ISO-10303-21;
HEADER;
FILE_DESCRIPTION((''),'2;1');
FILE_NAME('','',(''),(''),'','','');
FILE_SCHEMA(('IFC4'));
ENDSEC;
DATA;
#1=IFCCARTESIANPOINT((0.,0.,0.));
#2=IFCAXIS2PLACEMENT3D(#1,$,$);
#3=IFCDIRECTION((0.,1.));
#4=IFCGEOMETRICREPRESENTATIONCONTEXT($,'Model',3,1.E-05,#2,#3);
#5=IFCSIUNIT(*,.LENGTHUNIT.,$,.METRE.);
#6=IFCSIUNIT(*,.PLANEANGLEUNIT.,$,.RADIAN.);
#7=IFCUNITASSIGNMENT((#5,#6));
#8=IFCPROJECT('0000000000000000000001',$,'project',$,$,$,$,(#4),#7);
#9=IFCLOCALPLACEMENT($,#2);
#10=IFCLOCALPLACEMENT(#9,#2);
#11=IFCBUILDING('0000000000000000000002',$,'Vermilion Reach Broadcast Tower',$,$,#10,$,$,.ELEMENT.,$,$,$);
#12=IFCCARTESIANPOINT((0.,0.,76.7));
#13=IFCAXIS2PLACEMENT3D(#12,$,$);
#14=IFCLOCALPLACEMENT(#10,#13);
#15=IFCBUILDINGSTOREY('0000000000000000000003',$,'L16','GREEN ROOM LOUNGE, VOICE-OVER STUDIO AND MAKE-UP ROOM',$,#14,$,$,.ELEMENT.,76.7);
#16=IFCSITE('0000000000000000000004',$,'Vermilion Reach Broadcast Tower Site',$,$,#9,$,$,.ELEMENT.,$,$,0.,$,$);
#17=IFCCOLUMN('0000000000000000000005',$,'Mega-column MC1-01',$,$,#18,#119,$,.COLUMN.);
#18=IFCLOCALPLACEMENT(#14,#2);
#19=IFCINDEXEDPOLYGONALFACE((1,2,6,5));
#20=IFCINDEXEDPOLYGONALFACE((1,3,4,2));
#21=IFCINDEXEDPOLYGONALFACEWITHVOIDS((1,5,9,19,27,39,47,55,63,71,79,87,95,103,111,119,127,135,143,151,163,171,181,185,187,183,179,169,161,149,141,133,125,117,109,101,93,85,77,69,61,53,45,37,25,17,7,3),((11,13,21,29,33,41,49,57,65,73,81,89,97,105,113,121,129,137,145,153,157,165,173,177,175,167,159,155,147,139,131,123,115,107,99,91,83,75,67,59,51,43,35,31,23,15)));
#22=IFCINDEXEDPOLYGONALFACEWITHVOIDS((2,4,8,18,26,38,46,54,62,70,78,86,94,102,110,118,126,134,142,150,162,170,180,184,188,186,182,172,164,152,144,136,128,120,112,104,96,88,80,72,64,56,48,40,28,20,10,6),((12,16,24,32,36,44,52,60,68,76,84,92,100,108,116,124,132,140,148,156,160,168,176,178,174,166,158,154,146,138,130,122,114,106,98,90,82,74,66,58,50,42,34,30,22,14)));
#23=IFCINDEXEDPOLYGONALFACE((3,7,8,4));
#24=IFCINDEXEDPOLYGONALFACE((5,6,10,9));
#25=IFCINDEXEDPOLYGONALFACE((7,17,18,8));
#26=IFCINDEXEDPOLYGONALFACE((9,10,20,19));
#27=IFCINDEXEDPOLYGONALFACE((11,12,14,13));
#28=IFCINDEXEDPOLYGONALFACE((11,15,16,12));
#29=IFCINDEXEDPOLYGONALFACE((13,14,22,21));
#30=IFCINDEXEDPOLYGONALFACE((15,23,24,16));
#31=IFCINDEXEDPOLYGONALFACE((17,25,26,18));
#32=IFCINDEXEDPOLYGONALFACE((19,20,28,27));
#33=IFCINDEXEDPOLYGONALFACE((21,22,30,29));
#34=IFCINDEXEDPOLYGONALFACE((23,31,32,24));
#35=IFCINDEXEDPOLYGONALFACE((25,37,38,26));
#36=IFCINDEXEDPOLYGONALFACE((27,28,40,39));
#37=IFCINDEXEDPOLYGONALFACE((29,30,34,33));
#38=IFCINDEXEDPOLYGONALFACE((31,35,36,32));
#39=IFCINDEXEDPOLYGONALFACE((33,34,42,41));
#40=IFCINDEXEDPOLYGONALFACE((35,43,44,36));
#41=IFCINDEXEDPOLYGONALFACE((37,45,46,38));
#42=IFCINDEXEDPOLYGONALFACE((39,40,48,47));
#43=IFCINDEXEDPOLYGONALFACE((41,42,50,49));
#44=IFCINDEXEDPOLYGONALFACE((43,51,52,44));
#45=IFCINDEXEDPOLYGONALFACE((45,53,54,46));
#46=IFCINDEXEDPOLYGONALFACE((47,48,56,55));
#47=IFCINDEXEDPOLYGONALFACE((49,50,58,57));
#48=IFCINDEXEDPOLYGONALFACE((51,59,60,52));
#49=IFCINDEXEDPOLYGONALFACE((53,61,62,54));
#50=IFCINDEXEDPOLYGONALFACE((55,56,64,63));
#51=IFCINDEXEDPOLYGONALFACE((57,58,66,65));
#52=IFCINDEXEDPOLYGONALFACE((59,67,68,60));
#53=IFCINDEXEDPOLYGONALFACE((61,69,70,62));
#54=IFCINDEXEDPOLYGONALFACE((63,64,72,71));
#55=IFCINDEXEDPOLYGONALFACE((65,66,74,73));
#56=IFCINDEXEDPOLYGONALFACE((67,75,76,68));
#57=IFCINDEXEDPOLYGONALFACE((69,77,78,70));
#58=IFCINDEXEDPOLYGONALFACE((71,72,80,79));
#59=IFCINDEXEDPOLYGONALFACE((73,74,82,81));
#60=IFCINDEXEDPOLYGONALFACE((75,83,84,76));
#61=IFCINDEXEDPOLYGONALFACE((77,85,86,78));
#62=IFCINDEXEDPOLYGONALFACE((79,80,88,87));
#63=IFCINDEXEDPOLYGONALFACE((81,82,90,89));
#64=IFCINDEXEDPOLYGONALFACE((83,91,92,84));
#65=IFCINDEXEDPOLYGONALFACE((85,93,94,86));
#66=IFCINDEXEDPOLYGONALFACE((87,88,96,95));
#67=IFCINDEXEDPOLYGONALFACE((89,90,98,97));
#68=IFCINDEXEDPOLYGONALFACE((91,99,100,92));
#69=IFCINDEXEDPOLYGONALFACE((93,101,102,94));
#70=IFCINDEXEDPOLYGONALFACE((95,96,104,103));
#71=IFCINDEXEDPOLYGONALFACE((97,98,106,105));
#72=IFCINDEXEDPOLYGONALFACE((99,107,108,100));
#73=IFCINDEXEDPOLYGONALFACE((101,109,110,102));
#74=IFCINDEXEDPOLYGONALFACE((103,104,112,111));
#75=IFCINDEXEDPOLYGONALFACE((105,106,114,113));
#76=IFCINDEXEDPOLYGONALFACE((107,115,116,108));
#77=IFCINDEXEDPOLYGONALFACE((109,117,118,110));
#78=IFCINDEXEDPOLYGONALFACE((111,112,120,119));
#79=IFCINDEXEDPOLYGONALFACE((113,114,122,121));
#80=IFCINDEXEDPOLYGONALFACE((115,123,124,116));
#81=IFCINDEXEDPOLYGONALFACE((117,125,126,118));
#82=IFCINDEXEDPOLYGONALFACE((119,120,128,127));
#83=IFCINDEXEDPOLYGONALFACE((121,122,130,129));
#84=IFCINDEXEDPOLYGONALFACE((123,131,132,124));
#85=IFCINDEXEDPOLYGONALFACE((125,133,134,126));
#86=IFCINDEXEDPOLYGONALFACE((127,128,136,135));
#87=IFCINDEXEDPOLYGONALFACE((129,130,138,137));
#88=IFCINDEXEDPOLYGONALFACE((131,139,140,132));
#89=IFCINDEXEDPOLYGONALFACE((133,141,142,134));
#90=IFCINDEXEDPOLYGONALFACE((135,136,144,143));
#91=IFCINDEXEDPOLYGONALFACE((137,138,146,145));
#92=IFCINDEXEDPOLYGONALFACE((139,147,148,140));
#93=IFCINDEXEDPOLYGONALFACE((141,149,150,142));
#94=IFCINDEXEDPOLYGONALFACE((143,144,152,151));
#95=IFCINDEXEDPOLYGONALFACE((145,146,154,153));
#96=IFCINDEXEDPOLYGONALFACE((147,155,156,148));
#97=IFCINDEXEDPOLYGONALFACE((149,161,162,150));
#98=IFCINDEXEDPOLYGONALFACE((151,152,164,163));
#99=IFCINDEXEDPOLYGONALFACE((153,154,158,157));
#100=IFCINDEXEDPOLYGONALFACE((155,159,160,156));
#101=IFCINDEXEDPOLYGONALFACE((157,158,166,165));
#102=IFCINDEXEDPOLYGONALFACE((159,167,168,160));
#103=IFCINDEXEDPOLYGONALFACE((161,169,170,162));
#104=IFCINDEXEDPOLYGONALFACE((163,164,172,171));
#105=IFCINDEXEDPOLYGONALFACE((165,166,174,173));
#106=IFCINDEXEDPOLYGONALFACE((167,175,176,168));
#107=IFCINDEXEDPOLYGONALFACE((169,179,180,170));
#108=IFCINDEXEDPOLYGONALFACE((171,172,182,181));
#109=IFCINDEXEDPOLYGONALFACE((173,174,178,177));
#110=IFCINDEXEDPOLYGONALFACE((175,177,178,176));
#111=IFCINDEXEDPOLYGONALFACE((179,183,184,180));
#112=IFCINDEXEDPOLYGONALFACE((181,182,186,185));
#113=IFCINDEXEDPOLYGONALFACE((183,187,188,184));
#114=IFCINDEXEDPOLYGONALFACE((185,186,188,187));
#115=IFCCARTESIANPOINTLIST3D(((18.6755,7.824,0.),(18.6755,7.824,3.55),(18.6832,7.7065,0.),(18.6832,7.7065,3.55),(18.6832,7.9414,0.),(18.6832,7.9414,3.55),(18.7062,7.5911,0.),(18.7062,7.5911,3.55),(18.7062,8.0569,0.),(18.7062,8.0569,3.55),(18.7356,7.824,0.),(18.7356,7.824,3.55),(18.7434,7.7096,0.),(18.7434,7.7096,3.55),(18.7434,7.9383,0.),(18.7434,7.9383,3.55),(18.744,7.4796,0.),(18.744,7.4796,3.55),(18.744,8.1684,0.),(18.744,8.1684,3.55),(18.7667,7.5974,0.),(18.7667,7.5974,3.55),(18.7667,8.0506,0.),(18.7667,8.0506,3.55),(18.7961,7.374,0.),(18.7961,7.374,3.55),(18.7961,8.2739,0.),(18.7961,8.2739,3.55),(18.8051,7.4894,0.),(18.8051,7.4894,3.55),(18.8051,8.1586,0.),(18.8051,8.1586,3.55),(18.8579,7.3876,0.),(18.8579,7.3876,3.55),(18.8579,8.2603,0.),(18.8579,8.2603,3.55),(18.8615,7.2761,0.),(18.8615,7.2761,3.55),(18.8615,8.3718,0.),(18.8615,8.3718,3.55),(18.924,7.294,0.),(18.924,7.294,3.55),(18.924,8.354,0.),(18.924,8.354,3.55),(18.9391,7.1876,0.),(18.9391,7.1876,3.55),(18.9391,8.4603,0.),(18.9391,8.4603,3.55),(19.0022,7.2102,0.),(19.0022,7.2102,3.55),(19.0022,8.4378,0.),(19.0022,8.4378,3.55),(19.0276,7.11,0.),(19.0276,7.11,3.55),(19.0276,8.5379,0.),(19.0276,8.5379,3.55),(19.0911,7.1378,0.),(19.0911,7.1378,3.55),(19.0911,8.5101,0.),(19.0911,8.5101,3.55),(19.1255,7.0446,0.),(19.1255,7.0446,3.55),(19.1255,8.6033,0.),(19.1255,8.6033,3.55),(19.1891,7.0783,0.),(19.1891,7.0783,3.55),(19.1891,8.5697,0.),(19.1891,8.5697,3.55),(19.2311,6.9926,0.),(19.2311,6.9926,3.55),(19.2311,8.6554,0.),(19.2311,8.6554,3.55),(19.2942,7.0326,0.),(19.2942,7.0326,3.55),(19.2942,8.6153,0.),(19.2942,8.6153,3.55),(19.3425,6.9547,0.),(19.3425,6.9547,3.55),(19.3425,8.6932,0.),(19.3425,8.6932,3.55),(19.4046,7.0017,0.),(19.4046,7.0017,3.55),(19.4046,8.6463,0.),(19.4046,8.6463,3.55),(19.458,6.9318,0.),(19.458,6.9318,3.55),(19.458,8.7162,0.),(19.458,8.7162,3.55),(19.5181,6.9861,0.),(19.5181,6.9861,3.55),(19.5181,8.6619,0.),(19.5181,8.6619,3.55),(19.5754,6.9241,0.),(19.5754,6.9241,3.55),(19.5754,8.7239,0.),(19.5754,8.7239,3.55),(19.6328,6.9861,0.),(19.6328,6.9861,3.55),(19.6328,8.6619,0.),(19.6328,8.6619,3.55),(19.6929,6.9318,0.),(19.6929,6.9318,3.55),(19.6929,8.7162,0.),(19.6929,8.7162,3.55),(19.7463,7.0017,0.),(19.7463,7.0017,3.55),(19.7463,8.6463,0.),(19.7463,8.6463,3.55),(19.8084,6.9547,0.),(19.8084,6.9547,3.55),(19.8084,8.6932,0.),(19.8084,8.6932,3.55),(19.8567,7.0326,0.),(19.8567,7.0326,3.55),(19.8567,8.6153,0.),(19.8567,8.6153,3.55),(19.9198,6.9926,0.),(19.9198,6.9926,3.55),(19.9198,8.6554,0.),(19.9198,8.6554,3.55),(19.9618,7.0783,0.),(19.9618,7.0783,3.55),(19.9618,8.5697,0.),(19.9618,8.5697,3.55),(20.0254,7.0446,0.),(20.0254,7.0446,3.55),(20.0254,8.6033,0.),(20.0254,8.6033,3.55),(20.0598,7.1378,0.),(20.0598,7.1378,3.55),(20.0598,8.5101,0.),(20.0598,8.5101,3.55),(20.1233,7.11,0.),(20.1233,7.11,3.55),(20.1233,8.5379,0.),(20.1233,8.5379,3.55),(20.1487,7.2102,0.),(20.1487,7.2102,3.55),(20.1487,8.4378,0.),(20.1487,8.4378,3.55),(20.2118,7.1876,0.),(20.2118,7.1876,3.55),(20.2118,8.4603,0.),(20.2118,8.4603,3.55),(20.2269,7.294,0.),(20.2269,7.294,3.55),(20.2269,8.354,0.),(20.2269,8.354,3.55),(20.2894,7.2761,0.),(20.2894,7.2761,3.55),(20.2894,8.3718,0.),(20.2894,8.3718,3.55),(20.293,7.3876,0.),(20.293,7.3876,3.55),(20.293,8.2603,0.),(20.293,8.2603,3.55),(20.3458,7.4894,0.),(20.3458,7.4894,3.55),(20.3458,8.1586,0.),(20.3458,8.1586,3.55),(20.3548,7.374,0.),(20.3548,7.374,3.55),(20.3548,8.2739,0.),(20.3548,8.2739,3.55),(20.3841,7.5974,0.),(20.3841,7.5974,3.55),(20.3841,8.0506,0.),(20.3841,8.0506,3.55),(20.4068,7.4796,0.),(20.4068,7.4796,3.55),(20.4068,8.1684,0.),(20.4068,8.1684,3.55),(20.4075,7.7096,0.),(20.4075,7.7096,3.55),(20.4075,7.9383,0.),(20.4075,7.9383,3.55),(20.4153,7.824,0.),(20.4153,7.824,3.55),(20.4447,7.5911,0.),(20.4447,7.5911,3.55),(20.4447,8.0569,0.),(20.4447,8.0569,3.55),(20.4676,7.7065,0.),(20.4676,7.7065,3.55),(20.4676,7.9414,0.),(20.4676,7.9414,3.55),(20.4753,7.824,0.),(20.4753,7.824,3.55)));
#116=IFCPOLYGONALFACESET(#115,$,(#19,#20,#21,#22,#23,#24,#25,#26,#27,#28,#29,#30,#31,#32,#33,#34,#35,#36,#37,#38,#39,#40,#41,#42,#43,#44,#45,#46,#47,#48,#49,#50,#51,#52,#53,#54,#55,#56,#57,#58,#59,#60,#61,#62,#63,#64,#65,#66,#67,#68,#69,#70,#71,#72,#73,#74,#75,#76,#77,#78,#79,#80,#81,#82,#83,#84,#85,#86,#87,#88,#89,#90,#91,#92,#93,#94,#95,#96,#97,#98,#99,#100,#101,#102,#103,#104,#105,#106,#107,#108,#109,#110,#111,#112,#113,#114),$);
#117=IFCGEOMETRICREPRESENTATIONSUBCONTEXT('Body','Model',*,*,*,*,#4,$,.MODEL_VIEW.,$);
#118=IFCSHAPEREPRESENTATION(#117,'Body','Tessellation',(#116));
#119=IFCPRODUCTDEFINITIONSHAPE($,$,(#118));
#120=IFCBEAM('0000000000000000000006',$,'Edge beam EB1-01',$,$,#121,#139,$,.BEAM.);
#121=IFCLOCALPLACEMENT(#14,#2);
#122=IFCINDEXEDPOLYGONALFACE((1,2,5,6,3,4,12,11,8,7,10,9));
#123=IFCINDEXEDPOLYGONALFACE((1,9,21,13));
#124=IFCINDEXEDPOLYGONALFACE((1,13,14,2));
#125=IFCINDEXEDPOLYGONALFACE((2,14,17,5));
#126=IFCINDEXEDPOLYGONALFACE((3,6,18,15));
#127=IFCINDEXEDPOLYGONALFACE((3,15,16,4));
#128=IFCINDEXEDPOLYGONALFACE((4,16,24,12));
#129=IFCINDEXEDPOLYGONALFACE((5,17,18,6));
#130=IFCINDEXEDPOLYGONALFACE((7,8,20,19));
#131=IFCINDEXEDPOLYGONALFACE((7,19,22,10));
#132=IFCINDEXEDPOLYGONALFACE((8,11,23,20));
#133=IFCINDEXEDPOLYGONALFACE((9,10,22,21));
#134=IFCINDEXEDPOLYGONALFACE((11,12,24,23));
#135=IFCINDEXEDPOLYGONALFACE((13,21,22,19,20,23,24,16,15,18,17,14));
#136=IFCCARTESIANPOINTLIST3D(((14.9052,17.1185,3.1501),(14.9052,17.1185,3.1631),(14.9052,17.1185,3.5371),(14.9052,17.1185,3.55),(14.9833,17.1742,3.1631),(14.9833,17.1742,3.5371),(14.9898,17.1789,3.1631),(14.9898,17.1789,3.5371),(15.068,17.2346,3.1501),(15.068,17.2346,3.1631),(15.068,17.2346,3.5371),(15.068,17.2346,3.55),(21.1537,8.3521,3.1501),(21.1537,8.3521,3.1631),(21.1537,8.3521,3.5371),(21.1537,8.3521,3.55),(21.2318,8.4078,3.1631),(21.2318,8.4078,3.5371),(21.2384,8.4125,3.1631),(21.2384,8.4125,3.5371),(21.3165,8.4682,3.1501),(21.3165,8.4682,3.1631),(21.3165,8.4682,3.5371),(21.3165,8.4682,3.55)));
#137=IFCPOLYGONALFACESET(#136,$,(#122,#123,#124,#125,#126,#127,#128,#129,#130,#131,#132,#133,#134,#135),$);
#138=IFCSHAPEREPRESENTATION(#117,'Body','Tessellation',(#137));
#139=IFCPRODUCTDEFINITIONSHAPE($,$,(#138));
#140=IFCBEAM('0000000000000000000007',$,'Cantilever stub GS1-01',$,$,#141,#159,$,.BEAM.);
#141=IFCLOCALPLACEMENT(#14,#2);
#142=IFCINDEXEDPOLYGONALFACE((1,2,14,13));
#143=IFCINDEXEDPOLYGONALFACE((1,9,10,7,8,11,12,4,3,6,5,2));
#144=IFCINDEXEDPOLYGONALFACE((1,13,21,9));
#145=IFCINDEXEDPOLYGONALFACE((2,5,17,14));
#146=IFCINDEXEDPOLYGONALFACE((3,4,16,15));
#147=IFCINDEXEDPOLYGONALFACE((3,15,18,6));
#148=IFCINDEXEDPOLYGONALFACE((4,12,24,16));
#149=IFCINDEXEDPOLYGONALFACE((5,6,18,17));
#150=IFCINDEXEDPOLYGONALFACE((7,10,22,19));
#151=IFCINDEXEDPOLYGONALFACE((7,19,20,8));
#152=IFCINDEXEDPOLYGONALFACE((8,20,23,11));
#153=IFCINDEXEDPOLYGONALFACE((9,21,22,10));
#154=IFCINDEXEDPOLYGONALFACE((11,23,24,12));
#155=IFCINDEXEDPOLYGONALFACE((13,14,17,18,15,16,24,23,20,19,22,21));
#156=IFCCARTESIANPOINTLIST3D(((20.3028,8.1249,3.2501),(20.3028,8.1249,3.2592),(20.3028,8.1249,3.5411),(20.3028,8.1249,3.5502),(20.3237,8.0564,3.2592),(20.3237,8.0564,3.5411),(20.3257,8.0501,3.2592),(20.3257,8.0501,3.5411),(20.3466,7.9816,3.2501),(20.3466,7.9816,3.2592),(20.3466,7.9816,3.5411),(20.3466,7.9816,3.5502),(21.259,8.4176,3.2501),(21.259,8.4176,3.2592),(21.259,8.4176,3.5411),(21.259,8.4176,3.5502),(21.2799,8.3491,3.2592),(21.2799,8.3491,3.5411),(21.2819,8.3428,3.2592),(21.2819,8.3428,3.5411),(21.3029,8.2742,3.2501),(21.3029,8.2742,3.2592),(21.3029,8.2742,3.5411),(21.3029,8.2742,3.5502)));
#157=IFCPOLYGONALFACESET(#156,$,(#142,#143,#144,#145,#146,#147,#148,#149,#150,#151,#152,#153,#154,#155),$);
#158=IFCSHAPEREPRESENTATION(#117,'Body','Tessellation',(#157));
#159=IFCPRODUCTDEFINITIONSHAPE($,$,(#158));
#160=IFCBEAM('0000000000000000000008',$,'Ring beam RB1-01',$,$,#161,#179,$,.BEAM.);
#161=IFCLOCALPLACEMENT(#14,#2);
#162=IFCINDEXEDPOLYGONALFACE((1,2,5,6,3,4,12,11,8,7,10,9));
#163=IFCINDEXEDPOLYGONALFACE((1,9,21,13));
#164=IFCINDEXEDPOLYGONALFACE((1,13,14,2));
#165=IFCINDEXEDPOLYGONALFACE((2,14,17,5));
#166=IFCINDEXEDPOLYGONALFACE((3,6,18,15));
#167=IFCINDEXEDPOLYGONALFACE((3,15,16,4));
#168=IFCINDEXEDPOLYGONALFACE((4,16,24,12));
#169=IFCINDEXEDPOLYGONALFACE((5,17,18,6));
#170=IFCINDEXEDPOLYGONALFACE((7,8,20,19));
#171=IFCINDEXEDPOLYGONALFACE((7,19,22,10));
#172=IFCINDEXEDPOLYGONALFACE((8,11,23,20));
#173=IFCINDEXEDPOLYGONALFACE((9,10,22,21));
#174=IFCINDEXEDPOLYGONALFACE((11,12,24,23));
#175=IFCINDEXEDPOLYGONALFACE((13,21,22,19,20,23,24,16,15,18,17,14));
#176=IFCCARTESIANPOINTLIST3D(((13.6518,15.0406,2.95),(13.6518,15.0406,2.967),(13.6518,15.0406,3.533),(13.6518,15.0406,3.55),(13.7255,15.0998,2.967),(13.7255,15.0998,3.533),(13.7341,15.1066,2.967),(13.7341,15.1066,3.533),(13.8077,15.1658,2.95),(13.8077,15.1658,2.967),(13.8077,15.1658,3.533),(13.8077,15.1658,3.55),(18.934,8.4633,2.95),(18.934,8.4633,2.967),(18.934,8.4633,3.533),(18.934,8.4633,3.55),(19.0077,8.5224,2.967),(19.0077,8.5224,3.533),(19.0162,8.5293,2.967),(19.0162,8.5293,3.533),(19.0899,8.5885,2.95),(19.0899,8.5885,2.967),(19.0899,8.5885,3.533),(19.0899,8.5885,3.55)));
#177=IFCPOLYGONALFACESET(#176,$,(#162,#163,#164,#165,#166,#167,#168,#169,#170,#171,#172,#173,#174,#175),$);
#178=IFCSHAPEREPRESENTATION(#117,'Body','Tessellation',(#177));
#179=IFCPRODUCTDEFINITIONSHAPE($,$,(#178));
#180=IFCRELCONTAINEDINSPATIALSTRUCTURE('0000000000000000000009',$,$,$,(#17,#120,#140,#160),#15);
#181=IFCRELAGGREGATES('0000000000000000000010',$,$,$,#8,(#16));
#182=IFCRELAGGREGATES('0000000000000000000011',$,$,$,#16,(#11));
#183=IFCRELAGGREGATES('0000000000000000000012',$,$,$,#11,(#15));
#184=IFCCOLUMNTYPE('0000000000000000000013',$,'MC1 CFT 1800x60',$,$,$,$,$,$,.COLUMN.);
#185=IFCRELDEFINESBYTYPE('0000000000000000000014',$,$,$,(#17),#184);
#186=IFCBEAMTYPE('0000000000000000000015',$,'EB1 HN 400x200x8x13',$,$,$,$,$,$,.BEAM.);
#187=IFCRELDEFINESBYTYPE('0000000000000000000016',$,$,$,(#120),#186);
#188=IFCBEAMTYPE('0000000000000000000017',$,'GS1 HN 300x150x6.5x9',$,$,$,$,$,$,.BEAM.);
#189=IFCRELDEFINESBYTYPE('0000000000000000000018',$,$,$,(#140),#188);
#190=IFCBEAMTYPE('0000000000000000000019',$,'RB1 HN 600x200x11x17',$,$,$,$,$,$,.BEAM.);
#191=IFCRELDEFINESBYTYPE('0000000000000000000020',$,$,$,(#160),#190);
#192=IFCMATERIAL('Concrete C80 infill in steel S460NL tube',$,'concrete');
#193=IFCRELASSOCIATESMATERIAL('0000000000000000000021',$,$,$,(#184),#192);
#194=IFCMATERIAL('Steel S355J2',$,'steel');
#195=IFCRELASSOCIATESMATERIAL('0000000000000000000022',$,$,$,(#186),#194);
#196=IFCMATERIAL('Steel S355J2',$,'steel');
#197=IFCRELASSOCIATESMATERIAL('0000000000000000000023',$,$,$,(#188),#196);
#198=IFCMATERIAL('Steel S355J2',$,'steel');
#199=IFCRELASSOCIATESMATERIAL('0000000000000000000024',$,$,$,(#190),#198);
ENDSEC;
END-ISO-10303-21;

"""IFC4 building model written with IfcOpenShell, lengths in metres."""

from ifc_helpers import new_model, si_unit, direction, frame, origin, origin_2d, place, context, subcontext, project, spatial, hollow_circle, i_section, extrude, material, material_profile, profile_set, type_object, element, save


model = new_model("IFC4")

# Units and contexts
model_context = context("Model", 3, precision=1e-05, world=origin(), true_north=direction((0.0, 1.0)))
body_context = subcontext(model_context, "Body", "Model", "MODEL_VIEW")
ifc_project = project(units=[si_unit("LENGTHUNIT", "METRE"), si_unit("PLANEANGLEUNIT", "RADIAN")], contexts=[model_context])

# Site, building, storey
site_placement = place(None, origin())
site = spatial("IfcSite", under=ifc_project, at=site_placement, Name="Vermilion Reach Broadcast Tower Site", CompositionType="ELEMENT", RefElevation=0.0)
building_placement = place(site_placement, origin())
building = spatial("IfcBuilding", under=site, at=building_placement, Name="Vermilion Reach Broadcast Tower", CompositionType="ELEMENT")
storey_placement = place(building_placement, frame((0.0, 0.0, 76.7)))
storey = spatial("IfcBuildingStorey", under=building, at=storey_placement, Name="L16", Description="GREEN ROOM LOUNGE, VOICE-OVER STUDIO AND MAKE-UP ROOM", CompositionType="ELEMENT", Elevation=76.7)

# Column
ifc_material_1 = material(Name="Concrete C80 infill in steel S460NL tube", Category="concrete")
ifc_material_profile_1 = material_profile(ifc_material_1, hollow_circle(Radius=0.8999, WallThickness=0.0601, at=origin_2d()), Name="Concrete C80 infill in steel S460NL tube CFT 1800x60")
ifc_profile_set_1 = profile_set([ifc_material_profile_1], Name="Concrete C80 infill in steel S460NL tube")
column_type = type_object("IfcColumnType", Name="MC1 CFT 1800x60", PredefinedType="COLUMN", material=ifc_profile_set_1)
column_placement = place(storey_placement, frame((19.5754, 7.824, 0.0), z_axis=(0.0, 0.0, 1.0), x_axis=(1.0, 0.0, 0.0)))
element("IfcColumn", 1, at=column_placement, inside=storey, type_object=column_type, Name="Mega-column MC1-01", PredefinedType="COLUMN", context=body_context, shape_type="SweptSolid", body=[
    extrude(hollow_circle(Radius=0.8999, WallThickness=0.0601, at=origin_2d()), origin(), (0.0, 0.0, 1.0), 3.55),
])

# Beams
ifc_material_2 = material(Name="Steel S355J2", Category="steel")
ifc_material_profile_2 = material_profile(ifc_material_2, i_section(OverallWidth=0.2, OverallDepth=0.3999, WebThickness=0.0081, FlangeThickness=0.0129, at=origin_2d()), Name="S355J2 HN 400x200x8x13")
ifc_profile_set_2 = profile_set([ifc_material_profile_2], Name="Steel S355J2")
beam_type_1 = type_object("IfcBeamType", Name="EB1 HN 400x200x8x13", PredefinedType="BEAM", material=ifc_profile_set_2)
beam_1_placement = place(storey_placement, frame((21.2351, 8.4102, 3.3501), z_axis=(-0.580429, 0.814311, 0.0), x_axis=(-0.814311, -0.580429, 0.0)))
element("IfcBeam", 2, at=beam_1_placement, inside=storey, type_object=beam_type_1, Name="Edge beam EB1-01", PredefinedType="BEAM", context=body_context, shape_type="SweptSolid", body=[
    extrude(i_section(OverallWidth=0.2, OverallDepth=0.3999, WebThickness=0.0081, FlangeThickness=0.0129, at=origin_2d()), origin(), (0.0, 0.0, 1.0), 10.7654),
])
ifc_material_3 = material(Name="Steel S355J2", Category="steel")
ifc_material_profile_3 = material_profile(ifc_material_3, i_section(OverallWidth=0.1499, OverallDepth=0.3, WebThickness=0.0066, FlangeThickness=0.009, at=origin_2d()), Name="S355J2 HN 300x150x6.5x9")
ifc_profile_set_3 = profile_set([ifc_material_profile_3], Name="Steel S355J2")
beam_type_2 = type_object("IfcBeamType", Name="GS1 HN 300x150x6.5x9", PredefinedType="BEAM", material=ifc_profile_set_3)
beam_2_placement = place(storey_placement, frame((20.3247, 8.0532, 3.4001), z_axis=(0.956206, 0.292696, 0.0), x_axis=(-0.292696, 0.956206, 0.0)))
element("IfcBeam", 3, at=beam_2_placement, inside=storey, type_object=beam_type_2, Name="Cantilever stub GS1-01", PredefinedType="BEAM", context=body_context, shape_type="SweptSolid", body=[
    extrude(i_section(OverallWidth=0.1499, OverallDepth=0.3, WebThickness=0.0066, FlangeThickness=0.009, at=origin_2d()), origin(), (0.0, 0.0, 1.0), 1.0),
])
ifc_material_4 = material(Name="Steel S355J2", Category="steel")
ifc_material_profile_4 = material_profile(ifc_material_4, i_section(OverallWidth=0.2, OverallDepth=0.6001, WebThickness=0.011, FlangeThickness=0.0171, at=origin_2d()), Name="S355J2 HN 600x200x11x17")
ifc_profile_set_4 = profile_set([ifc_material_profile_4], Name="Steel S355J2")
beam_type_3 = type_object("IfcBeamType", Name="RB1 HN 600x200x11x17", PredefinedType="BEAM", material=ifc_profile_set_4)
beam_3_placement = place(storey_placement, frame((19.012, 8.5259, 3.25), z_axis=(-0.626162, 0.779693, 0.0), x_axis=(-0.779693, -0.626162, 0.0)))
element("IfcBeam", 4, at=beam_3_placement, inside=storey, type_object=beam_type_3, Name="Ring beam RB1-01", PredefinedType="BEAM", context=body_context, shape_type="SweptSolid", body=[
    extrude(i_section(OverallWidth=0.2, OverallDepth=0.6001, WebThickness=0.011, FlangeThickness=0.0171, at=origin_2d()), origin(), (0.0, 0.0, 1.0), 8.4358),
])

save(model, "model.ifc")
